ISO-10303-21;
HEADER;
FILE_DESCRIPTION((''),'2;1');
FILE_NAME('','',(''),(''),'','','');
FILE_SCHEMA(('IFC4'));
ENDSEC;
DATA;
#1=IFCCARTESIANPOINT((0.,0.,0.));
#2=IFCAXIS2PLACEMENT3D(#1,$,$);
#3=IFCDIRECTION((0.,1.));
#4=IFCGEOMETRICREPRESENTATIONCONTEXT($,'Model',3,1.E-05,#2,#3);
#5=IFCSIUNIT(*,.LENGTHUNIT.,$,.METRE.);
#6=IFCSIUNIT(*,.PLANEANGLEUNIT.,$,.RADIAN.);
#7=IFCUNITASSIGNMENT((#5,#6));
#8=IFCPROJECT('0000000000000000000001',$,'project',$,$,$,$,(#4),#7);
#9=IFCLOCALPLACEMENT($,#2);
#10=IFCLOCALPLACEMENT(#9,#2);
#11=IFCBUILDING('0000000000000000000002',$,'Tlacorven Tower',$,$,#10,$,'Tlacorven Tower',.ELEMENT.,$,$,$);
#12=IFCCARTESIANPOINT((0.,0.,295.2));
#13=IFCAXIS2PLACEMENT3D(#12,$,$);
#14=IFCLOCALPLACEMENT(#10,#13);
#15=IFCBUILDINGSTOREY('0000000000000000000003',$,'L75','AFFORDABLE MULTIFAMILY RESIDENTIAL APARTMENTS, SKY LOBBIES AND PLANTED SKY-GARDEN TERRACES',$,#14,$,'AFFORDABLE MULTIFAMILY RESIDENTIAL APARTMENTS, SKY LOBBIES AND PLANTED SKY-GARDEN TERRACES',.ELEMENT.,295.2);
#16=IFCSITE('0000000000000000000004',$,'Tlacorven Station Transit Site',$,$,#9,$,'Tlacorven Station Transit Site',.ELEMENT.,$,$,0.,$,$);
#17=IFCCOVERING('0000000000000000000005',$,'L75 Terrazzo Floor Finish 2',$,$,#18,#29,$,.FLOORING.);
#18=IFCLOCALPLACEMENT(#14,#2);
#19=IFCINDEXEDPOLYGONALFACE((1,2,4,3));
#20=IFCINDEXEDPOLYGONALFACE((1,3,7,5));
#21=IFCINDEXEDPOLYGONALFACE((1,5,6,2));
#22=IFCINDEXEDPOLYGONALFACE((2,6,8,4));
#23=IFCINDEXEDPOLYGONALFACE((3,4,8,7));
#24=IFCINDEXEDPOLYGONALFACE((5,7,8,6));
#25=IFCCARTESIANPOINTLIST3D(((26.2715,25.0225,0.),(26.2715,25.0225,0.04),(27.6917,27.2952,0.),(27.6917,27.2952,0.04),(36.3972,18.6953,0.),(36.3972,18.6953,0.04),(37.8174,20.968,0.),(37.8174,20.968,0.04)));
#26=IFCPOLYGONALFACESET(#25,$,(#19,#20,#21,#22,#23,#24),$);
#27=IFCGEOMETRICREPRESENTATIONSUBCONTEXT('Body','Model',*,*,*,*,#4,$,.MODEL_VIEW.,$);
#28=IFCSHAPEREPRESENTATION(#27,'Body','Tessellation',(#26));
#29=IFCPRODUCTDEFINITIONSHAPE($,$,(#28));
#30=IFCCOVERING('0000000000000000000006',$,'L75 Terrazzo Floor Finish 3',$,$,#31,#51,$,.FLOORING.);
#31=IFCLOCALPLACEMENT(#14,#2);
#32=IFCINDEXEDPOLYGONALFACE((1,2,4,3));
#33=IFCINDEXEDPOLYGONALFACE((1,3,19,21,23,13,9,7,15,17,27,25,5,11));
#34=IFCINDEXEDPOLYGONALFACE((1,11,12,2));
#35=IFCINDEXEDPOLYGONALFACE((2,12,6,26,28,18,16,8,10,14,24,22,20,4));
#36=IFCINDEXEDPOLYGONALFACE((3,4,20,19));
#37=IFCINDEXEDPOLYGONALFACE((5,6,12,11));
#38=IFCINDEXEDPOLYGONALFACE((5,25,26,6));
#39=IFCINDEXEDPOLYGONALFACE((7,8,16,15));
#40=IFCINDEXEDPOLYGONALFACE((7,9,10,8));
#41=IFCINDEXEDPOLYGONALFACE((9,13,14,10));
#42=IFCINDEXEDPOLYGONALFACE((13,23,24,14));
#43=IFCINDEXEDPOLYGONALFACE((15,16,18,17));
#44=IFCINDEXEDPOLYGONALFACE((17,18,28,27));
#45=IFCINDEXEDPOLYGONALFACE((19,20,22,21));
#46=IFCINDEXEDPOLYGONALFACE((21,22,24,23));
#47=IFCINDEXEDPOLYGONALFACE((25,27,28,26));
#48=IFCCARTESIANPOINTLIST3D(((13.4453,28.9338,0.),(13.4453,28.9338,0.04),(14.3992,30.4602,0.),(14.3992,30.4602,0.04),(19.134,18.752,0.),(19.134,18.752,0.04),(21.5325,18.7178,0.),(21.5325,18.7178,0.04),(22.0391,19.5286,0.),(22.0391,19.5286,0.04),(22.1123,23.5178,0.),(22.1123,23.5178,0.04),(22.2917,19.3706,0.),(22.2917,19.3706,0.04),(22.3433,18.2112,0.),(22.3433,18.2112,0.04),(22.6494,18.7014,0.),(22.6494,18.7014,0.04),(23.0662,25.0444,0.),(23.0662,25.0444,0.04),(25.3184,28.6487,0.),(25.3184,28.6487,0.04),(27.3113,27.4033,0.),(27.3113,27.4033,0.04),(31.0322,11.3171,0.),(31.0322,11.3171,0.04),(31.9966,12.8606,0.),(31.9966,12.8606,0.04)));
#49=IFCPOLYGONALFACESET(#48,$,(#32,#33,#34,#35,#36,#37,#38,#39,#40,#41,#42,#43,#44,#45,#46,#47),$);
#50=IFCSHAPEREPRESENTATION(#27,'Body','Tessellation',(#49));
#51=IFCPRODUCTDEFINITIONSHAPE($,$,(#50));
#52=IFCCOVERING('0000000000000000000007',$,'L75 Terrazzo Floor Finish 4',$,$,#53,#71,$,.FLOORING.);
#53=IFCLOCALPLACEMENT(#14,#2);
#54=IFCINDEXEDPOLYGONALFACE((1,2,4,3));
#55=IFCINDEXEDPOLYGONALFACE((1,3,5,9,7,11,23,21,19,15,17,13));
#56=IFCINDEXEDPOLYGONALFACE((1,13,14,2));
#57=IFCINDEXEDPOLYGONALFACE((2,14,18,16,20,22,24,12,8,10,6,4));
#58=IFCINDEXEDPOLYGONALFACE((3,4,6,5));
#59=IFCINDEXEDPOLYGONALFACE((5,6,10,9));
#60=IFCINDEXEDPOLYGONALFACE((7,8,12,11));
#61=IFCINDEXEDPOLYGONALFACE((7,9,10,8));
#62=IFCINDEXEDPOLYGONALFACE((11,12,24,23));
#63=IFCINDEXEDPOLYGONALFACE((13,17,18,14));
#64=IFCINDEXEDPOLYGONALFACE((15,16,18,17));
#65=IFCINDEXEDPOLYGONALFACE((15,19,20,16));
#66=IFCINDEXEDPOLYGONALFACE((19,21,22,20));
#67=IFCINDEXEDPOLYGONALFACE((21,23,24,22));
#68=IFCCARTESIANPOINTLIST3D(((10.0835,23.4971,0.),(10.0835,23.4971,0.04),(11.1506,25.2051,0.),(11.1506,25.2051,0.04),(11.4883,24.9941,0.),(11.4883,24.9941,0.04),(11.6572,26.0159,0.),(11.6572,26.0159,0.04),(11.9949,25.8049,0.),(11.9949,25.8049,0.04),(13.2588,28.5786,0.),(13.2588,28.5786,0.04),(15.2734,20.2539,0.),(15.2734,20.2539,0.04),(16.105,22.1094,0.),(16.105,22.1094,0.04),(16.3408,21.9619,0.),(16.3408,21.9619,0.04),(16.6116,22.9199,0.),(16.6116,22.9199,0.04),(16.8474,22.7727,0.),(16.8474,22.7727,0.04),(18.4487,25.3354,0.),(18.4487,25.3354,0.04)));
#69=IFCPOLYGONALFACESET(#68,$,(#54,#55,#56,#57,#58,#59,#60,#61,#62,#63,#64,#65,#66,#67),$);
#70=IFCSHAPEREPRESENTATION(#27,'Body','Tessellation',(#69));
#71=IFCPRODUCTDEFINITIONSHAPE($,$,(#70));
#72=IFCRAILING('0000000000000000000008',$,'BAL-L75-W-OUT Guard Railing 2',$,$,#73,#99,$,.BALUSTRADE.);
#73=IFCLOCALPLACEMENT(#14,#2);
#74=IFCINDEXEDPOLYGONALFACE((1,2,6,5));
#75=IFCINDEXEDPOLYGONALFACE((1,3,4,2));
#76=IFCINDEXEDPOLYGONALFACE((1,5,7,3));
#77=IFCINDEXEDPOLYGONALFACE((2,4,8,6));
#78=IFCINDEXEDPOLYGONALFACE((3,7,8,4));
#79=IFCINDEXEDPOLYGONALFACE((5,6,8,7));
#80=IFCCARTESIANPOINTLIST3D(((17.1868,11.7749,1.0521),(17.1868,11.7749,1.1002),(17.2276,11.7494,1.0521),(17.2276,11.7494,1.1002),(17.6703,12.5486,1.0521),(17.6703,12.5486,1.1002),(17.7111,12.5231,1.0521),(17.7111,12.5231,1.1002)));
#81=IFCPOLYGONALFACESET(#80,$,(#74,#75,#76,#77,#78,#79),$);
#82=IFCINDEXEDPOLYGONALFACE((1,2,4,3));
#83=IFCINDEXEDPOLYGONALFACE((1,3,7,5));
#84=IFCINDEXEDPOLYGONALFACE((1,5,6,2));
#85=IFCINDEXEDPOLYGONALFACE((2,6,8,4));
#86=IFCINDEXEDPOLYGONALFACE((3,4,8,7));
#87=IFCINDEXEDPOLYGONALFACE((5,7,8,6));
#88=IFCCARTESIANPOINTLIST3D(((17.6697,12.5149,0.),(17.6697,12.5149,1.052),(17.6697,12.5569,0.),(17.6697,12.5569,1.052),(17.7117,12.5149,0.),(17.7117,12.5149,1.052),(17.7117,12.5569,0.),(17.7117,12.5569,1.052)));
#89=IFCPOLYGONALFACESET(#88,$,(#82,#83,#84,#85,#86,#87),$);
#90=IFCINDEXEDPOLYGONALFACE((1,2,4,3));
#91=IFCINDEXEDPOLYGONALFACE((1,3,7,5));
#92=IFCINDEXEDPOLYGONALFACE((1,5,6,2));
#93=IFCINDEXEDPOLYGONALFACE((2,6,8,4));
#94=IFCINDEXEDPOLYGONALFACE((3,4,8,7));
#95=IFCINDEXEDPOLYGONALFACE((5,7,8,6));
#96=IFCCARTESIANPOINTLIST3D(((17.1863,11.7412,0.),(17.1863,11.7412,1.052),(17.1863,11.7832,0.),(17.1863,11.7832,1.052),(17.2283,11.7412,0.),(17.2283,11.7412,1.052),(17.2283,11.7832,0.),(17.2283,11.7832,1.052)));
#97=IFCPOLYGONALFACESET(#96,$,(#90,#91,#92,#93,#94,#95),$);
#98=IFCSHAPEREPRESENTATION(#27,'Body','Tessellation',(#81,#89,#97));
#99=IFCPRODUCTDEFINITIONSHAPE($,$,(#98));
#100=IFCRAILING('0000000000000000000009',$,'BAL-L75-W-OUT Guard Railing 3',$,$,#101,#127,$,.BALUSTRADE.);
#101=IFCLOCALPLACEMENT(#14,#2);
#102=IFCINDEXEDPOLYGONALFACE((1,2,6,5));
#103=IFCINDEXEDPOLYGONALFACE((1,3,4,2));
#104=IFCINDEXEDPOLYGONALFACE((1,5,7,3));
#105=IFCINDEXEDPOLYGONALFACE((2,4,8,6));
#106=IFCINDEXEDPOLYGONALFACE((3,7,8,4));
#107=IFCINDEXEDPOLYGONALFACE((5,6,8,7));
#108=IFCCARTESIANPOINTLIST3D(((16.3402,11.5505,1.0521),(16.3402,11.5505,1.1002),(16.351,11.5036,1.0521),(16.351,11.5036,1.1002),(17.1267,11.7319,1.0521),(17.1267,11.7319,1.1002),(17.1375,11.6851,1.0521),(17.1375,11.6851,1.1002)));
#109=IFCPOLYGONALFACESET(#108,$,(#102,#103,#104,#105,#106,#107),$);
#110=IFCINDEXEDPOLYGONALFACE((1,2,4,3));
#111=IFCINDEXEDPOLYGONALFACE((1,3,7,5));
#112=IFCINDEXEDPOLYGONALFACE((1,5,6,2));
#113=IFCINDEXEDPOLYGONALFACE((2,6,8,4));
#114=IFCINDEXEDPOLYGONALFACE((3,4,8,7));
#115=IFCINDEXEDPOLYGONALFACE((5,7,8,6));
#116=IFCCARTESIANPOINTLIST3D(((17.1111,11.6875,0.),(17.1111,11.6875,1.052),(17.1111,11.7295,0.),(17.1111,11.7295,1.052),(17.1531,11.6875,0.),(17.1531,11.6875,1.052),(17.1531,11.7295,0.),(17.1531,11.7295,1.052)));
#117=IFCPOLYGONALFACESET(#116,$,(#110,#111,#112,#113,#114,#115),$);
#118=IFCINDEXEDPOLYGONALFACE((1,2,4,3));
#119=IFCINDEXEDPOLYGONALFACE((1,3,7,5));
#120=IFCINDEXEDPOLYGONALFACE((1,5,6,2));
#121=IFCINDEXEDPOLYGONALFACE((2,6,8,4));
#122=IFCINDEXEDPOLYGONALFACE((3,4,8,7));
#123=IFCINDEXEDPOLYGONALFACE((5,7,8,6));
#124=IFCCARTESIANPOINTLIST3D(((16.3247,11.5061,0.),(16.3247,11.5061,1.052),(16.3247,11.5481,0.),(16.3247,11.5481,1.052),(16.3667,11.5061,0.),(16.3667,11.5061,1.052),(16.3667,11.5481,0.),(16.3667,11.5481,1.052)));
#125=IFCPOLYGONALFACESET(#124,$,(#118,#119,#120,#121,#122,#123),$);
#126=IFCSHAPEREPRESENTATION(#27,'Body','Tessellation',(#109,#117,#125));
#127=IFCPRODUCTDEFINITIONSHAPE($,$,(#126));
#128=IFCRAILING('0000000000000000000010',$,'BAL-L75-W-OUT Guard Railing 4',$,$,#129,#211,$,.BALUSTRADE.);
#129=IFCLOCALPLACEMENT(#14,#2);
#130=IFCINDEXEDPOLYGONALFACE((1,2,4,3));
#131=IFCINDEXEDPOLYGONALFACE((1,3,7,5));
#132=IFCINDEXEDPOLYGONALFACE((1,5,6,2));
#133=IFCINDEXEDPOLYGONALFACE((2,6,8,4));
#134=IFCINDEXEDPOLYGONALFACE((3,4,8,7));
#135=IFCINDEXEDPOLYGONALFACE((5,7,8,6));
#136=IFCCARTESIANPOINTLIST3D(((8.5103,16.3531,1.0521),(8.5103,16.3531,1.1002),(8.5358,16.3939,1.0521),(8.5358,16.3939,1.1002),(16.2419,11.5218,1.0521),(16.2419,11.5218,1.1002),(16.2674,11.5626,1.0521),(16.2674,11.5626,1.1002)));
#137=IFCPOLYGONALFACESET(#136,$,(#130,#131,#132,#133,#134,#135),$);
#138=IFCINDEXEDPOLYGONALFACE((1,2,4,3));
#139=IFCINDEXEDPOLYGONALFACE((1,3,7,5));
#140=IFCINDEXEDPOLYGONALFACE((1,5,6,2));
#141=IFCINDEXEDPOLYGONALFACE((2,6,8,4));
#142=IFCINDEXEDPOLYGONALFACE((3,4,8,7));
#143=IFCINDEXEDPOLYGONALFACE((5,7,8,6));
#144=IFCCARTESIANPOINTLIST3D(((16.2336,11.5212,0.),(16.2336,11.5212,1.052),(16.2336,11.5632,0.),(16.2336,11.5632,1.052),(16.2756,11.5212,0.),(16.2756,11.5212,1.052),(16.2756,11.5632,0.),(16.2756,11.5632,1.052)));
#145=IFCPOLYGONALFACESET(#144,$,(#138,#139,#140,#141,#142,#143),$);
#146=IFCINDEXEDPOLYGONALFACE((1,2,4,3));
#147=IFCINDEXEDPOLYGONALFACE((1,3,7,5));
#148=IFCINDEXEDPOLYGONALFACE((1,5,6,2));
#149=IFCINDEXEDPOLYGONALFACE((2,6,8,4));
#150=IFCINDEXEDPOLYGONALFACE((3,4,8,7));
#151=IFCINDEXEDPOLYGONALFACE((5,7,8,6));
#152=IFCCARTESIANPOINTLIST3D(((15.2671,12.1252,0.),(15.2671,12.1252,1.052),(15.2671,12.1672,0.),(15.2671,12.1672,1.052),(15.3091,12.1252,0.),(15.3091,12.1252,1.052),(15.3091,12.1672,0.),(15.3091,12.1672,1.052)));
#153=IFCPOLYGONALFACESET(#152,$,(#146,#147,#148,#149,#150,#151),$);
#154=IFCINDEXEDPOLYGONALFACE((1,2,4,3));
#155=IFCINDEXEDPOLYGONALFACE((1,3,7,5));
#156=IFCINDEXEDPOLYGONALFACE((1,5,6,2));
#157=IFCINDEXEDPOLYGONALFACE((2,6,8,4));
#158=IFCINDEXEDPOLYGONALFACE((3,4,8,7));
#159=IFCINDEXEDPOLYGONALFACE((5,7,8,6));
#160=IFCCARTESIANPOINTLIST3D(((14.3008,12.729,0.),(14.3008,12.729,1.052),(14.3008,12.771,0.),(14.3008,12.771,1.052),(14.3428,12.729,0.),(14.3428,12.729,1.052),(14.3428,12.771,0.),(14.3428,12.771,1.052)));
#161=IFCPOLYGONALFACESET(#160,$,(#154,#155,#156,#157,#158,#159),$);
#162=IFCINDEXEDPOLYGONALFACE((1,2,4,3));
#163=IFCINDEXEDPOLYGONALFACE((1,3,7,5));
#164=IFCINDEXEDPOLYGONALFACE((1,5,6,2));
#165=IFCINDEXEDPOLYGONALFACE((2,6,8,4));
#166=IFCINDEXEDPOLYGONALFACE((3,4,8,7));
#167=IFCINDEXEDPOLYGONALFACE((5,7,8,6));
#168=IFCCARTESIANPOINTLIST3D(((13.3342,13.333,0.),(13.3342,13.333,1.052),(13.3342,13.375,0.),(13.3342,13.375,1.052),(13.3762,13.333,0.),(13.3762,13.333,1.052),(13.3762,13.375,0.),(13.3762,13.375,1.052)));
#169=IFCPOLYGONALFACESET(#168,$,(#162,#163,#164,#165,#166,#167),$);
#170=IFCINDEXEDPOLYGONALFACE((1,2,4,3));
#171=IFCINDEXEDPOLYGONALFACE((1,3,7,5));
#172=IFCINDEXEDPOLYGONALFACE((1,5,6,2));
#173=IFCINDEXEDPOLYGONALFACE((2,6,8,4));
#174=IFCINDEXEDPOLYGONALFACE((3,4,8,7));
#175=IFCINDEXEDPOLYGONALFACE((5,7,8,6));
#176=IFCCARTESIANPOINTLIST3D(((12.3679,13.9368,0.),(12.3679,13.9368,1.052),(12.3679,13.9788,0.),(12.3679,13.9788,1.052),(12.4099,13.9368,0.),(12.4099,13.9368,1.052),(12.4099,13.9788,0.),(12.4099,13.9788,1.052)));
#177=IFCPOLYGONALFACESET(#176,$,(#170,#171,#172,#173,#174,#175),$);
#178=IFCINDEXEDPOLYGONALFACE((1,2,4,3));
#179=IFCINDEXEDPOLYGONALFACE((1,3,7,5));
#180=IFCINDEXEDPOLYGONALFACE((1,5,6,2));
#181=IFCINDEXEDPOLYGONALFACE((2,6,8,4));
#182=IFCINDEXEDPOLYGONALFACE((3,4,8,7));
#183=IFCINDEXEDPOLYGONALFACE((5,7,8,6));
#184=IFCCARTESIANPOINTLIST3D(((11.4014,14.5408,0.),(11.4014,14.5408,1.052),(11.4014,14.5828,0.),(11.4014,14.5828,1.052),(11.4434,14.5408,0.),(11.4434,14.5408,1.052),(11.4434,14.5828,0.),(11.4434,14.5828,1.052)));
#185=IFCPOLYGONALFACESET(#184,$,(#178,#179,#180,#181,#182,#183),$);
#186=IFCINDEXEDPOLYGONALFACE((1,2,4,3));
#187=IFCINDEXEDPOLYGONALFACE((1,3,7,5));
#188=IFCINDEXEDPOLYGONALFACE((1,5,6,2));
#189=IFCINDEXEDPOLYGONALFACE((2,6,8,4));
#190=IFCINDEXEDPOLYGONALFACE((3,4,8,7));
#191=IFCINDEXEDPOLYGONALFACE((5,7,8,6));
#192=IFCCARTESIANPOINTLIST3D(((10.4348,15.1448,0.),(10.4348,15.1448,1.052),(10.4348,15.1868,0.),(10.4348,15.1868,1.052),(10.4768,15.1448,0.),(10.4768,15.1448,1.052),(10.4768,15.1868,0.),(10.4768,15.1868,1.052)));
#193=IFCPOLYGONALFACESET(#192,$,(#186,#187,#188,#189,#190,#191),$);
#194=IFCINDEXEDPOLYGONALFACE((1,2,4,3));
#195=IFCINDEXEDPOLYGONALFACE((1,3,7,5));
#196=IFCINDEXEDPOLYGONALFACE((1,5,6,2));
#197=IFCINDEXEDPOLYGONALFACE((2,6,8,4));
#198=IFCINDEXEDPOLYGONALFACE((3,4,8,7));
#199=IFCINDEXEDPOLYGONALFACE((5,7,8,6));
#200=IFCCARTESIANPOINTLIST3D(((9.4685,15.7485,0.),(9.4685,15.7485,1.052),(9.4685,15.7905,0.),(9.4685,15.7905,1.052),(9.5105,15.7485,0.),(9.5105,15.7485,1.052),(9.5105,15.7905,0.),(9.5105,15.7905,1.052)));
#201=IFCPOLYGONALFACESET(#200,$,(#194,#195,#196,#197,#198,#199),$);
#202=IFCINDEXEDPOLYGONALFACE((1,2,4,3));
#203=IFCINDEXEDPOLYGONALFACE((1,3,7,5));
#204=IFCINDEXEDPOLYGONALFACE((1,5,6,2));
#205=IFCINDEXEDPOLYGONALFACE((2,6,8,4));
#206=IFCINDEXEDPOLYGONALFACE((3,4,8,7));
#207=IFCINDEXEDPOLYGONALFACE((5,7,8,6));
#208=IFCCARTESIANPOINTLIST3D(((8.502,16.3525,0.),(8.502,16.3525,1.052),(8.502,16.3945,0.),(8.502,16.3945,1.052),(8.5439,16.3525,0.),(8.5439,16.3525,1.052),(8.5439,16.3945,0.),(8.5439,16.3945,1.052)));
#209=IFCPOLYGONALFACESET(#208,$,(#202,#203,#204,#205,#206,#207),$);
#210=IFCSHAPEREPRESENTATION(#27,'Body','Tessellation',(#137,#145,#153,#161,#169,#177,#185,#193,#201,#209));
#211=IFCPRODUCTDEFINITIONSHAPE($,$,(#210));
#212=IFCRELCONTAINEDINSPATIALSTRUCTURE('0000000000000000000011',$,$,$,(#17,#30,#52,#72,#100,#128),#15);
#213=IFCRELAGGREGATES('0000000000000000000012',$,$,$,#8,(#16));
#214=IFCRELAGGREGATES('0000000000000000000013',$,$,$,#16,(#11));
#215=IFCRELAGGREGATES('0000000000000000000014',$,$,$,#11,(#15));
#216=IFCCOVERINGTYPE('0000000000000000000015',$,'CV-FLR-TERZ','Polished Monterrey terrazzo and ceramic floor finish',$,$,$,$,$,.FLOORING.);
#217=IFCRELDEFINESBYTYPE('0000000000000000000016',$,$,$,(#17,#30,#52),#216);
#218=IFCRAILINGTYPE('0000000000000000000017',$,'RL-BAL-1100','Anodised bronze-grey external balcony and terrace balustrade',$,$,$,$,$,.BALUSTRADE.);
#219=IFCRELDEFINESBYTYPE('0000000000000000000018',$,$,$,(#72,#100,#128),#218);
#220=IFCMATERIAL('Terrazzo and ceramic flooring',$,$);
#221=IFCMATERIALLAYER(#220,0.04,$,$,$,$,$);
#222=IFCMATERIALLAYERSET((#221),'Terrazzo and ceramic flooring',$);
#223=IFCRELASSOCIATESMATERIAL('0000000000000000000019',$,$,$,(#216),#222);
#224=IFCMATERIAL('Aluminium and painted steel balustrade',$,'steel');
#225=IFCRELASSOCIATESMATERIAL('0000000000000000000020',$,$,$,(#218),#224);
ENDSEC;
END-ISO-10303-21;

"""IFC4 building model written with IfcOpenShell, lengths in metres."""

from ifc_helpers import new_model, si_unit, direction, frame, origin, origin_2d, place, context, subcontext, project, spatial, polyline, rectangle, outline, extrude, source, transform, mapped, material, layer, layer_set, type_object, element, save


model = new_model("IFC4")

# Units and contexts
model_context = context("Model", 3, precision=1e-05, world=origin(), true_north=direction((0.0, 1.0)))
body_context = subcontext(model_context, "Body", "Model", "MODEL_VIEW")
ifc_project = project(units=[si_unit("LENGTHUNIT", "METRE"), si_unit("PLANEANGLEUNIT", "RADIAN")], contexts=[model_context])

# Site, building, storey
site_placement = place(None, origin())
site = spatial("IfcSite", under=ifc_project, at=site_placement, Name="Tlacorven Station Transit Site", LongName="Tlacorven Station Transit Site", CompositionType="ELEMENT", RefElevation=0.0)
building_placement = place(site_placement, origin())
building = spatial("IfcBuilding", under=site, at=building_placement, Name="Tlacorven Tower", LongName="Tlacorven Tower", CompositionType="ELEMENT")
storey_placement = place(building_placement, frame((0.0, 0.0, 295.2)))
storey = spatial("IfcBuildingStorey", under=building, at=storey_placement, Name="L75", Description="AFFORDABLE MULTIFAMILY RESIDENTIAL APARTMENTS, SKY LOBBIES AND PLANTED SKY-GARDEN TERRACES", LongName="AFFORDABLE MULTIFAMILY RESIDENTIAL APARTMENTS, SKY LOBBIES AND PLANTED SKY-GARDEN TERRACES", CompositionType="ELEMENT", Elevation=295.2)

# Coverings
ifc_material_1 = material(Name="Terrazzo and ceramic flooring")
ifc_layer_1 = layer(ifc_material_1, 0.04)
ifc_layer_set_1 = layer_set([ifc_layer_1], Name="Terrazzo and ceramic flooring")
covering_type_1 = type_object("IfcCoveringType", Name="CV-FLR-TERZ", Description="Polished Monterrey terrazzo and ceramic floor finish", PredefinedType="FLOORING", material=ifc_layer_set_1)
covering_1_placement = place(storey_placement, origin())
element("IfcCovering", 1, at=covering_1_placement, inside=storey, type_object=covering_type_1, Name="L75 Terrazzo Floor Finish 2", PredefinedType="FLOORING", context=body_context, shape_type="SweptSolid", body=[
    extrude(outline(polyline([(37.8174, 20.968), (36.3972, 18.6953), (26.2715, 25.0225), (27.6917, 27.2952), (37.8174, 20.968)])), origin(), (0.0, 0.0, 1.0), 0.04),
])
covering_2_placement = place(storey_placement, origin())
element("IfcCovering", 2, at=covering_2_placement, inside=storey, type_object=covering_type_1, Name="L75 Terrazzo Floor Finish 3", PredefinedType="FLOORING", context=body_context, shape_type="SweptSolid", body=[
    extrude(outline(polyline([(19.134, 18.752), (22.1123, 23.5178), (13.4453, 28.9338), (14.3992, 30.4602), (23.0662, 25.0444), (25.3184, 28.6487), (27.3113, 27.4033), (22.2917, 19.3706), (22.0391, 19.5286), (21.5325, 18.7178), (22.3433, 18.2112), (22.6494, 18.7014), (31.9966, 12.8606), (31.0322, 11.3171), (19.134, 18.752)])), origin(), (0.0, 0.0, 1.0), 0.04),
])
covering_3_placement = place(storey_placement, origin())
element("IfcCovering", 3, at=covering_3_placement, inside=storey, type_object=covering_type_1, Name="L75 Terrazzo Floor Finish 4", PredefinedType="FLOORING", context=body_context, shape_type="SweptSolid", body=[
    extrude(outline(polyline([(16.6116, 22.9199), (16.105, 22.1094), (16.3408, 21.9619), (15.2734, 20.2539), (10.0835, 23.4971), (11.1506, 25.2051), (11.4883, 24.9941), (11.9949, 25.8049), (11.6572, 26.0159), (13.2588, 28.5786), (18.4487, 25.3354), (16.8474, 22.7727), (16.6116, 22.9199)])), origin(), (0.0, 0.0, 1.0), 0.04),
])

# Railings
ifc_material_2 = material(Name="Aluminium and painted steel balustrade", Category="steel")
railing_type = type_object("IfcRailingType", Name="RL-BAL-1100", Description="Anodised bronze-grey external balcony and terrace balustrade", PredefinedType="BALUSTRADE", material=ifc_material_2)
shared_shape_1 = source(origin(), body_context, "Body", "SweptSolid", [
    extrude(rectangle(XDim=0.0481, YDim=0.0481, at=origin_2d()), frame((0.0, 0.0, 1.0762), z_axis=(-0.529879, -0.848073, 0.0), x_axis=(0.848073, -0.529879, 0.0)), (0.0, 0.0, 1.0), 0.9124),
    extrude(rectangle(XDim=0.042, YDim=0.042, at=origin_2d()), origin(), (0.0, 0.0, 1.0), 1.052),
    extrude(rectangle(XDim=0.042, YDim=0.042, at=origin_2d()), frame((-0.4834, -0.7737, 0.0)), (0.0, 0.0, 1.0), 1.052),
])
railing_1_placement = place(storey_placement, frame((17.6907, 12.5359, 0.0)))
element("IfcRailing", 4, at=railing_1_placement, inside=storey, type_object=railing_type, Name="BAL-L75-W-OUT Guard Railing 2", PredefinedType="BALUSTRADE", context=body_context, shape_type="MappedRepresentation", body=[
    mapped(shared_shape_1, transform((0.0, 0.0, 0.0), scale=1.0)),
])
shared_shape_2 = source(origin(), body_context, "Body", "SweptSolid", [
    extrude(rectangle(XDim=0.0481, YDim=0.0481, at=origin_2d()), frame((0.0, 0.0, 1.0762), z_axis=(-0.974412, -0.224771, 0.0), x_axis=(0.224771, -0.974412, 0.0)), (0.0, 0.0, 1.0), 0.8071),
    extrude(rectangle(XDim=0.042, YDim=0.042, at=origin_2d()), origin(), (0.0, 0.0, 1.0), 1.052),
    extrude(rectangle(XDim=0.042, YDim=0.042, at=origin_2d()), frame((-0.7864, -0.1814, 0.0)), (0.0, 0.0, 1.0), 1.052),
])
railing_2_placement = place(storey_placement, frame((17.1321, 11.7085, 0.0)))
element("IfcRailing", 5, at=railing_2_placement, inside=storey, type_object=railing_type, Name="BAL-L75-W-OUT Guard Railing 3", PredefinedType="BALUSTRADE", context=body_context, shape_type="MappedRepresentation", body=[
    mapped(shared_shape_2, transform((0.0, 0.0, 0.0), scale=1.0)),
])
shared_shape_3 = source(origin(), body_context, "Body", "SweptSolid", [
    extrude(rectangle(XDim=0.0481, YDim=0.0481, at=origin_2d()), frame((0.0, 0.0, 1.0762), z_axis=(-0.848048, 0.52992, 0.0), x_axis=(-0.52992, -0.848048, 0.0)), (0.0, 0.0, 1.0), 9.1169),
    extrude(rectangle(XDim=0.042, YDim=0.042, at=origin_2d()), origin(), (0.0, 0.0, 1.0), 1.052),
    extrude(rectangle(XDim=0.042, YDim=0.042, at=origin_2d()), frame((-0.9666, 0.604, 0.0)), (0.0, 0.0, 1.0), 1.052),
    extrude(rectangle(XDim=0.042, YDim=0.042, at=origin_2d()), frame((-1.9329, 1.2078, 0.0)), (0.0, 0.0, 1.0), 1.052),
    extrude(rectangle(XDim=0.042, YDim=0.042, at=origin_2d()), frame((-2.8994, 1.8118, 0.0)), (0.0, 0.0, 1.0), 1.052),
    extrude(rectangle(XDim=0.042, YDim=0.042, at=origin_2d()), frame((-3.8657, 2.4155, 0.0)), (0.0, 0.0, 1.0), 1.052),
    extrude(rectangle(XDim=0.042, YDim=0.042, at=origin_2d()), frame((-4.8323, 3.0195, 0.0)), (0.0, 0.0, 1.0), 1.052),
    extrude(rectangle(XDim=0.042, YDim=0.042, at=origin_2d()), frame((-5.7988, 3.6235, 0.0)), (0.0, 0.0, 1.0), 1.052),
    extrude(rectangle(XDim=0.042, YDim=0.042, at=origin_2d()), frame((-6.7651, 4.2273, 0.0)), (0.0, 0.0, 1.0), 1.052),
    extrude(rectangle(XDim=0.042, YDim=0.042, at=origin_2d()), frame((-7.7317, 4.8313, 0.0)), (0.0, 0.0, 1.0), 1.052),
])
railing_3_placement = place(storey_placement, frame((16.2546, 11.5422, 0.0)))
element("IfcRailing", 6, at=railing_3_placement, inside=storey, type_object=railing_type, Name="BAL-L75-W-OUT Guard Railing 4", PredefinedType="BALUSTRADE", context=body_context, shape_type="MappedRepresentation", body=[
    mapped(shared_shape_3, transform((0.0, 0.0, 0.0), scale=1.0)),
])

save(model, "model.ifc")
